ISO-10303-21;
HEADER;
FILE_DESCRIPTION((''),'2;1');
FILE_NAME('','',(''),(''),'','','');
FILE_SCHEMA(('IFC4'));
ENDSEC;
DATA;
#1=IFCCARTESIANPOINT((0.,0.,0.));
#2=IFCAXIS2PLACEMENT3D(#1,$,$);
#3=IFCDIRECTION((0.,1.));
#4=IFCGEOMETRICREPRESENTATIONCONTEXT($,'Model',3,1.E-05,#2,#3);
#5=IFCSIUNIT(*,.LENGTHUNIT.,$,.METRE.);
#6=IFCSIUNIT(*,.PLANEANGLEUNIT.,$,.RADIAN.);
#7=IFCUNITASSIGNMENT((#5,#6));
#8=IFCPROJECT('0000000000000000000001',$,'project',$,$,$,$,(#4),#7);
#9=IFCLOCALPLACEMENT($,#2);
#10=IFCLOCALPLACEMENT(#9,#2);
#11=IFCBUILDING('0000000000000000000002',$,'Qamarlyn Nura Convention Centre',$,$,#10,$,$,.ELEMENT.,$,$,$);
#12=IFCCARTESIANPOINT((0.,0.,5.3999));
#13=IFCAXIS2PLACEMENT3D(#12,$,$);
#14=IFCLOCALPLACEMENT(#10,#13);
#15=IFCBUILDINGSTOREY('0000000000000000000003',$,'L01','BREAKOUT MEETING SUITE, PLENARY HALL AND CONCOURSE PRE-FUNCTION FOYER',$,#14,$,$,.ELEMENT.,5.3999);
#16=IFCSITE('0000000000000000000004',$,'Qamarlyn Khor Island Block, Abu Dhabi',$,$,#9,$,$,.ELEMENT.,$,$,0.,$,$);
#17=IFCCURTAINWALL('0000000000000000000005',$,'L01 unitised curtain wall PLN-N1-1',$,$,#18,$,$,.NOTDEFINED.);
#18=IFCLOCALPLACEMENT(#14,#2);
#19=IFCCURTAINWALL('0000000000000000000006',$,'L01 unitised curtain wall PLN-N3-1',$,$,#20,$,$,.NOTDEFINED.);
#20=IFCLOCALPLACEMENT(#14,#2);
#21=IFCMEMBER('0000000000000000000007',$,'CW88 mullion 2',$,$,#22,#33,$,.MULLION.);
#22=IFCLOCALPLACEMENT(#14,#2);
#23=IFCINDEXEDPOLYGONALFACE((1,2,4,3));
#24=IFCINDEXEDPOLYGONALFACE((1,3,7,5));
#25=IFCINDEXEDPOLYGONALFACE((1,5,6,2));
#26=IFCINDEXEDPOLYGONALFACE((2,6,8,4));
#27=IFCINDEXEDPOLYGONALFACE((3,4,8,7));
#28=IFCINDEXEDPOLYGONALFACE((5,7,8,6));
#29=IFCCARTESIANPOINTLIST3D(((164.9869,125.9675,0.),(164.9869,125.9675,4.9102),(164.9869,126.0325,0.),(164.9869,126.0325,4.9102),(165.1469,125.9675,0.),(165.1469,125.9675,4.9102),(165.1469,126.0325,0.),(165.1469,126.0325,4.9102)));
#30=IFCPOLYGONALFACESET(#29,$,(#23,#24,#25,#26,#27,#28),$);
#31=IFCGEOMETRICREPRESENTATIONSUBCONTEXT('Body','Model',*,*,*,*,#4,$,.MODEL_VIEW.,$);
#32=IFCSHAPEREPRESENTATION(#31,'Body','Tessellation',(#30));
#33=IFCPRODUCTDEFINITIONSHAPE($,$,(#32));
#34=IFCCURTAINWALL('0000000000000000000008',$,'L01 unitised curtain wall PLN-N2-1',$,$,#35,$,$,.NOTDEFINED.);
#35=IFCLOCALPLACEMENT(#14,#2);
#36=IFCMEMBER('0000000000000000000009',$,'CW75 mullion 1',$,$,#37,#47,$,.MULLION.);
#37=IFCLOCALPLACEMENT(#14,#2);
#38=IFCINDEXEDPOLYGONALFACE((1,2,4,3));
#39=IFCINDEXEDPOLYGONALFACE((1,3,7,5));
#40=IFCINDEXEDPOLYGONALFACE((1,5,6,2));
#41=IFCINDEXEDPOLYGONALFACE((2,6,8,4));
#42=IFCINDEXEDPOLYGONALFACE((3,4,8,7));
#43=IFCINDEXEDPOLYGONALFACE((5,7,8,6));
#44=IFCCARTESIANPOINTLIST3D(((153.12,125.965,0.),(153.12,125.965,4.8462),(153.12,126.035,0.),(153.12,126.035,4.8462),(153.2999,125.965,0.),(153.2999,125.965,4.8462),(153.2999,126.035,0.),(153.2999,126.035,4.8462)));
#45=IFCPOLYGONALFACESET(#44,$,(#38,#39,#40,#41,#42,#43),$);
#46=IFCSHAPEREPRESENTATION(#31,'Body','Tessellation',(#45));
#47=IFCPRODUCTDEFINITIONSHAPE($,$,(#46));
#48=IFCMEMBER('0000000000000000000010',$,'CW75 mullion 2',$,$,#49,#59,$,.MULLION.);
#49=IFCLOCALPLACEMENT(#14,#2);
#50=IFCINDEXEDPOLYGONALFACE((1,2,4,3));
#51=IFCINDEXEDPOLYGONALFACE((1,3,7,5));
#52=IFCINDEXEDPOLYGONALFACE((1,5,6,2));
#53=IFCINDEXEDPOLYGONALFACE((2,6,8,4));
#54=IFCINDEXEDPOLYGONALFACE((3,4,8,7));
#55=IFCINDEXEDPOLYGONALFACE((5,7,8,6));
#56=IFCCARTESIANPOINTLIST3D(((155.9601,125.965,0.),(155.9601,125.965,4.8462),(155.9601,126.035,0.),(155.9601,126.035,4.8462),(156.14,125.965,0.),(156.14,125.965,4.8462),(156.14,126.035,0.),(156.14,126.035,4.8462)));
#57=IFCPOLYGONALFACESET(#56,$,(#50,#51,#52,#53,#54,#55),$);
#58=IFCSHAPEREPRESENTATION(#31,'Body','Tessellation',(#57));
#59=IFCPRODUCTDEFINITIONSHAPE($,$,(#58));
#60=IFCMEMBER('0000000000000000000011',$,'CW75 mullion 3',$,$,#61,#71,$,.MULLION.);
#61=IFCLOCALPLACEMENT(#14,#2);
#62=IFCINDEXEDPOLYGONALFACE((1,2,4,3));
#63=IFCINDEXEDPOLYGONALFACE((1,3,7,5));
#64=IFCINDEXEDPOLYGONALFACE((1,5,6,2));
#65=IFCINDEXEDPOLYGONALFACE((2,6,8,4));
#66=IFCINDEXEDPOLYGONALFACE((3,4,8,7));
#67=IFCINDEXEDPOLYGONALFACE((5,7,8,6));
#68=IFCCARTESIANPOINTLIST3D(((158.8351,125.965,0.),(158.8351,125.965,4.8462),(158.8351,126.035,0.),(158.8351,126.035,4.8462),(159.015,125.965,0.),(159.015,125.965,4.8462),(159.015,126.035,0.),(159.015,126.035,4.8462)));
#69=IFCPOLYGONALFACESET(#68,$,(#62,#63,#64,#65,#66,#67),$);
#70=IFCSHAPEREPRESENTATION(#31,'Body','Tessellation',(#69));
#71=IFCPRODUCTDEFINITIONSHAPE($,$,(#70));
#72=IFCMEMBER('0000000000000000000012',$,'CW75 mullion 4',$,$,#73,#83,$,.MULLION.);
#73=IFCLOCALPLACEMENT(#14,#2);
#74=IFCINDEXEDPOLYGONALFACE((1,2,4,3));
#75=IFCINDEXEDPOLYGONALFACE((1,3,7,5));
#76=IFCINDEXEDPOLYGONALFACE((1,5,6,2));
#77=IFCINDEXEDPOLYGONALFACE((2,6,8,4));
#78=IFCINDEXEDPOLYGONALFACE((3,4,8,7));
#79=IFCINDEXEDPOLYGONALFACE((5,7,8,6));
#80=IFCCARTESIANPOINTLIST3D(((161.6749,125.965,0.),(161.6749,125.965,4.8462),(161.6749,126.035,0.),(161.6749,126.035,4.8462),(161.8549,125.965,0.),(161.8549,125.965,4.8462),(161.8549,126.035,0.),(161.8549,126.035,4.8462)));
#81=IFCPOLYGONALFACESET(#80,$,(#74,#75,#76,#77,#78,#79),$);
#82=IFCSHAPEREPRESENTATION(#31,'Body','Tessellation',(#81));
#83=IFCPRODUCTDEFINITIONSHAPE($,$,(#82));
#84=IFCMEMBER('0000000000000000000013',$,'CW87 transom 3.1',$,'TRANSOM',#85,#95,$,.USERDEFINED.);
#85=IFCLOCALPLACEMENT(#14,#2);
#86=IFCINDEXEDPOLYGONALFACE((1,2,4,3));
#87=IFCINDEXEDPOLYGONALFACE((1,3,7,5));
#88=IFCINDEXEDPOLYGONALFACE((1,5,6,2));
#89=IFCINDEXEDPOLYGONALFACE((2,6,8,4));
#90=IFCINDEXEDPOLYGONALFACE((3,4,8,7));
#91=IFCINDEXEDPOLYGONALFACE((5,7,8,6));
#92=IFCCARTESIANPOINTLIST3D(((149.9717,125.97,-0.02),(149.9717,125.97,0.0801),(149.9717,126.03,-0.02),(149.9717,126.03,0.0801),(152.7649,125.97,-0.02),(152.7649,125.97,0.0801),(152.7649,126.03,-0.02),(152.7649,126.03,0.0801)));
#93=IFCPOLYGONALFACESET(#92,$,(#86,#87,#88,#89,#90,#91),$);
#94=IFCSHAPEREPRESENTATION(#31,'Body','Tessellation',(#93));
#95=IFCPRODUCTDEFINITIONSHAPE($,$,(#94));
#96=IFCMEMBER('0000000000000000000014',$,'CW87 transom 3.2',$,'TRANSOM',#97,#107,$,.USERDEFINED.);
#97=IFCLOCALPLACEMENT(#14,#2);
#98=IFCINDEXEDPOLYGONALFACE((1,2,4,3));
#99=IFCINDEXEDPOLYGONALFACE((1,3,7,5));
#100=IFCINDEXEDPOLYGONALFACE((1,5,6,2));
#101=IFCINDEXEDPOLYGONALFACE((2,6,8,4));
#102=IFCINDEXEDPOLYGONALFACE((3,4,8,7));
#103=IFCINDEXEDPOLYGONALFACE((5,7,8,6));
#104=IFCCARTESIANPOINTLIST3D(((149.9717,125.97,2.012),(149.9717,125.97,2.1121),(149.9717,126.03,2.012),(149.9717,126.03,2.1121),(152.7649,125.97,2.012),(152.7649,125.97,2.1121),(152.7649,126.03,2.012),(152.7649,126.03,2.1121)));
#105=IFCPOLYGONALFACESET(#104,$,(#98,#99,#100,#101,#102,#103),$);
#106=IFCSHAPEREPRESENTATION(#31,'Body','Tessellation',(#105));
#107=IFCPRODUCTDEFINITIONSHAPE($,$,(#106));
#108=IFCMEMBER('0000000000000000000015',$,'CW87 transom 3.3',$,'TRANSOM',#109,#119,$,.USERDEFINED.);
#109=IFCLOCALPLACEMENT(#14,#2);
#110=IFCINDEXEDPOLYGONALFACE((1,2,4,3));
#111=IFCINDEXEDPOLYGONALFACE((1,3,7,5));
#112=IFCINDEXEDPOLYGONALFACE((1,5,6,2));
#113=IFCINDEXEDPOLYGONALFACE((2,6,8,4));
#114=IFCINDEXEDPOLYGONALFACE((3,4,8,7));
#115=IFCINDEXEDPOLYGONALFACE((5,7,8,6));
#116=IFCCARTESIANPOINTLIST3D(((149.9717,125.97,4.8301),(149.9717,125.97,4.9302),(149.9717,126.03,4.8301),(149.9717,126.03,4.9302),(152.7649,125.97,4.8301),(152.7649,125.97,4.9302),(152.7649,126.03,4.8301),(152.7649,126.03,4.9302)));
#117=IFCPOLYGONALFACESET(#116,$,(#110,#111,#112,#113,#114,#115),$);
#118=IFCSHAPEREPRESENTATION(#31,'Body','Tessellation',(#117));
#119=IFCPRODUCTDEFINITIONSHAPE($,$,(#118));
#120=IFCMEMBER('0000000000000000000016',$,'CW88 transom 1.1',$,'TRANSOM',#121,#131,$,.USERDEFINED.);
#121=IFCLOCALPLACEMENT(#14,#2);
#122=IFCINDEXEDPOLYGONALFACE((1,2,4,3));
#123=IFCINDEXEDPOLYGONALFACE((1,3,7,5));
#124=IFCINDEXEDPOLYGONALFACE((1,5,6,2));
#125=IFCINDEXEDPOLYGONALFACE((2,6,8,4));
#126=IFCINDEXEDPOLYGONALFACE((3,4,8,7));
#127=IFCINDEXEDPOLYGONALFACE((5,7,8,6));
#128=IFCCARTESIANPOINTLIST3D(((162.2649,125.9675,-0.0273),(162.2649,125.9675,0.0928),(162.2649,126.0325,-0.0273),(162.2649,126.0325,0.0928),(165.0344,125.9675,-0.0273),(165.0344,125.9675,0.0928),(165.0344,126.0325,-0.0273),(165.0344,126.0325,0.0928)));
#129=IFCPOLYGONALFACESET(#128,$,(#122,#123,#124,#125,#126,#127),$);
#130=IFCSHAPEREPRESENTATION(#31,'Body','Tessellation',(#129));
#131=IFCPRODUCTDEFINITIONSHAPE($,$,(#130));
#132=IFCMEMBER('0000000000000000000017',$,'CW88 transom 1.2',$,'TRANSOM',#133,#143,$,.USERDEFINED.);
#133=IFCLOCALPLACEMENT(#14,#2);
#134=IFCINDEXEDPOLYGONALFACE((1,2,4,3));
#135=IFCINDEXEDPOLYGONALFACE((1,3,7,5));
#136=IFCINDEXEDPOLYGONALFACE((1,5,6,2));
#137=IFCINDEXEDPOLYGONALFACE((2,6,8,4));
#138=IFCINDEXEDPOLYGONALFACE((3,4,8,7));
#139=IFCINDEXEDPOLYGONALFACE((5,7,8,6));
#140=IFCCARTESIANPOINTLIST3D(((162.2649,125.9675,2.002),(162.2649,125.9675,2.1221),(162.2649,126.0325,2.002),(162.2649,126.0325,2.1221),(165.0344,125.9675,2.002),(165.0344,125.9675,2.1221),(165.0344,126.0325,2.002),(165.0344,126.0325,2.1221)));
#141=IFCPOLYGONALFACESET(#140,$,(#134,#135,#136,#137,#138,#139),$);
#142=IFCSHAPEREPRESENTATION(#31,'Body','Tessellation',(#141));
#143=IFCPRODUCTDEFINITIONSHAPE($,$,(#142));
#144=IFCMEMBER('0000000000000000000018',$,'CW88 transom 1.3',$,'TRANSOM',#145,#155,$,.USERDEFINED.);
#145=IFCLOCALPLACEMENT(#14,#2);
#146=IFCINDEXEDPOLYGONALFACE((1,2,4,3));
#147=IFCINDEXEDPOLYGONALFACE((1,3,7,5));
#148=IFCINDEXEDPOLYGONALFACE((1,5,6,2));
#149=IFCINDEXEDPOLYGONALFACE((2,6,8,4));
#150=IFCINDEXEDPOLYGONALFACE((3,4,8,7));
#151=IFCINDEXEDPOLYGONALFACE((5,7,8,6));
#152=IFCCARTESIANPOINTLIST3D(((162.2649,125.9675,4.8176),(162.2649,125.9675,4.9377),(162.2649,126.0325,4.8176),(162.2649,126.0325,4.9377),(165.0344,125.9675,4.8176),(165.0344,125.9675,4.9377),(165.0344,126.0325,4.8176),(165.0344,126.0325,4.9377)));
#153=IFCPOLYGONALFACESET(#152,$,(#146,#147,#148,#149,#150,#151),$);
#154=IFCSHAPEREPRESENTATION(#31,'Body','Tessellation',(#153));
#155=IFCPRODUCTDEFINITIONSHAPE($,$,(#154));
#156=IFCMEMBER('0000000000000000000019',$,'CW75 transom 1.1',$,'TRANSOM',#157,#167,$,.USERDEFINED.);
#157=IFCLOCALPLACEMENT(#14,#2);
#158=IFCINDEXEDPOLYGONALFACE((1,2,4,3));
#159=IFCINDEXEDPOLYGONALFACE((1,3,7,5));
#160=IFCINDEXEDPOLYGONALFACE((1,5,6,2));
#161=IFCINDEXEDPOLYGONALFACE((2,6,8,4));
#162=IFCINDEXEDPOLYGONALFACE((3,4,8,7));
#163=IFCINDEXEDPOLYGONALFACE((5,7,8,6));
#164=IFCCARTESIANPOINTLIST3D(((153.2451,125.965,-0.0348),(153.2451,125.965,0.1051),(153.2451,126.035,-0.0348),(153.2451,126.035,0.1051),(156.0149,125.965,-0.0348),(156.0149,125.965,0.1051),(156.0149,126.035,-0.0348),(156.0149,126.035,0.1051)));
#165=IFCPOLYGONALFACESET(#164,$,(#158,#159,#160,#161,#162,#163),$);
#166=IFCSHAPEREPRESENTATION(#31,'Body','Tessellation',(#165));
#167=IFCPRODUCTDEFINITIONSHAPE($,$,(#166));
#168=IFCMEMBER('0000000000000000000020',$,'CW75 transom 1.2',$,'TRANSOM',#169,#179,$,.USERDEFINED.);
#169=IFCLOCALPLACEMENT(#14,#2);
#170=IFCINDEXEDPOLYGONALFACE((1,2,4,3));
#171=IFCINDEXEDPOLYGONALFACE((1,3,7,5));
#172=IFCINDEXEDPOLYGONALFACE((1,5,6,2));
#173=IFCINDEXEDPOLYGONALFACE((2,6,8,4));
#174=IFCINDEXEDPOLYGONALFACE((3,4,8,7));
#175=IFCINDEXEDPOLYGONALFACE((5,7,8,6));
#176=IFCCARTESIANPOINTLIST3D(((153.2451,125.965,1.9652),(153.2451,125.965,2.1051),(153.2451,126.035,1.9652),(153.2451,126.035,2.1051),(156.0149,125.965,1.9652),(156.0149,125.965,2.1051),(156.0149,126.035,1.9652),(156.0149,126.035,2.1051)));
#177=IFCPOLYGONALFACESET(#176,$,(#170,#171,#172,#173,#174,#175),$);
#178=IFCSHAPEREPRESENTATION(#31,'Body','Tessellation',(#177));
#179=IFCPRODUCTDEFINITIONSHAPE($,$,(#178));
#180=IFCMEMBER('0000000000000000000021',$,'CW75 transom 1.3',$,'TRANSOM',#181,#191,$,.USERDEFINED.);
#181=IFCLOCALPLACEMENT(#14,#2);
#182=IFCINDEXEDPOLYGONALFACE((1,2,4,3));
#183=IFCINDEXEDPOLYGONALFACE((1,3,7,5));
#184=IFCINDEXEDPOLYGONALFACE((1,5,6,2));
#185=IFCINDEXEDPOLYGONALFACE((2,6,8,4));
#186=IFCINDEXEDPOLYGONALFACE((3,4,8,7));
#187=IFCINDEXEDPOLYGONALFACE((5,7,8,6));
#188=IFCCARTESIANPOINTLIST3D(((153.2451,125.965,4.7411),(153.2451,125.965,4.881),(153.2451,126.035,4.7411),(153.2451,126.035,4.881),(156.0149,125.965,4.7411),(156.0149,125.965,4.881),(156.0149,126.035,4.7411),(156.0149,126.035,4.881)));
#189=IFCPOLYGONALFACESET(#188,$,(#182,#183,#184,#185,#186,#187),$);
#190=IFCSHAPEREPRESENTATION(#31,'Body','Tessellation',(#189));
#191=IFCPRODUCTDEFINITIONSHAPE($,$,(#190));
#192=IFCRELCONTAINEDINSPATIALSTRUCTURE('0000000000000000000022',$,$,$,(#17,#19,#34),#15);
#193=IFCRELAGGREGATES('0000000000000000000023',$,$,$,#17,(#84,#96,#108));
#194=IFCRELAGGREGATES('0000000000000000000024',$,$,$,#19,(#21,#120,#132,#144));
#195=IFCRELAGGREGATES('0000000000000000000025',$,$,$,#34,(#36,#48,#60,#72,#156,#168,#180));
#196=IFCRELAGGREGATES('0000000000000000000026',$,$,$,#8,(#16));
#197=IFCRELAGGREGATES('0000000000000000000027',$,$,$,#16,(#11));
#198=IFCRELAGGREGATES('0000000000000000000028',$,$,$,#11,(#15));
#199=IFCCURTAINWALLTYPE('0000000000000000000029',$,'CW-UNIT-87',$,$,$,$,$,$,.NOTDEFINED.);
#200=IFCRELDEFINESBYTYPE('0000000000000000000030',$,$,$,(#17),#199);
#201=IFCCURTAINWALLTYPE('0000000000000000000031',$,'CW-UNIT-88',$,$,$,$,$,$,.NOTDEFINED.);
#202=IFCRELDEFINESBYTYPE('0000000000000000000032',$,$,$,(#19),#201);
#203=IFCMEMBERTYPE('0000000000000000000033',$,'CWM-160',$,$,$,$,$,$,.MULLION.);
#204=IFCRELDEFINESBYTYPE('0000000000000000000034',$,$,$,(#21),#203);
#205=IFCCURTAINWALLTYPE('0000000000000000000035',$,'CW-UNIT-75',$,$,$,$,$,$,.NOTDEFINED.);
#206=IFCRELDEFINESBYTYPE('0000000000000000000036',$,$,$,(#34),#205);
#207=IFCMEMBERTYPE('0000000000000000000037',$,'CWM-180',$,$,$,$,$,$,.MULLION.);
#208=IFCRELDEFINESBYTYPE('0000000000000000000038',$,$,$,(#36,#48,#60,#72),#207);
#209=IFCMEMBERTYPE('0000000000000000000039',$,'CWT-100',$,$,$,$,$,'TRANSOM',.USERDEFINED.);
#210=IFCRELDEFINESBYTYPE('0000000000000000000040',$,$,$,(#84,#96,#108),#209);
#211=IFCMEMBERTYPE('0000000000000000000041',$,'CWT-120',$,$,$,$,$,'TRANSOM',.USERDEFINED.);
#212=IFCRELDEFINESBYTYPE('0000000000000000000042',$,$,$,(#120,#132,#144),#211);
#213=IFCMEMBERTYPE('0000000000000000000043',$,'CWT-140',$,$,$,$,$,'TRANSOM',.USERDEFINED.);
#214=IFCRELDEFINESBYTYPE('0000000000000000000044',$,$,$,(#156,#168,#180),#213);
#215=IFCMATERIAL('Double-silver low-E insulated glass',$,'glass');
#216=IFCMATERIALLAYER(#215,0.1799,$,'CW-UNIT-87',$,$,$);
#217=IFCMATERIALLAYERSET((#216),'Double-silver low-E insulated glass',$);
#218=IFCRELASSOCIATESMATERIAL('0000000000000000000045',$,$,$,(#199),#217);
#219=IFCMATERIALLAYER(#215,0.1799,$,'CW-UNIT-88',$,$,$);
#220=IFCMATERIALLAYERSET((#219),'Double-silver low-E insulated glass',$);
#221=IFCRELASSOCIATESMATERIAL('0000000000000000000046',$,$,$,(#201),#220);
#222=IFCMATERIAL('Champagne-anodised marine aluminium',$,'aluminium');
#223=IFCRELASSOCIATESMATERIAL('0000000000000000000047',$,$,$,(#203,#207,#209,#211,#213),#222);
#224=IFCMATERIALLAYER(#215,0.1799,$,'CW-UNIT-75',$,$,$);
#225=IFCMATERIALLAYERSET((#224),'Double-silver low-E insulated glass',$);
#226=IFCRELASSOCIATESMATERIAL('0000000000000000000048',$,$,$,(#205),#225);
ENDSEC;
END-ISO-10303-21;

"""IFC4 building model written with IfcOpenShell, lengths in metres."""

from ifc_helpers import new_model, si_unit, direction, frame, origin, origin_2d, place, context, subcontext, project, spatial, rectangle, extrude, material, layer, layer_set, material_profile, profile_set, type_object, element, aggregate, save


model = new_model("IFC4")

# Units and contexts
model_context = context("Model", 3, precision=1e-05, world=origin(), true_north=direction((0.0, 1.0)))
body_context = subcontext(model_context, "Body", "Model", "MODEL_VIEW")
ifc_project = project(units=[si_unit("LENGTHUNIT", "METRE"), si_unit("PLANEANGLEUNIT", "RADIAN")], contexts=[model_context])

# Site, building, storey
site_placement = place(None, origin())
site = spatial("IfcSite", under=ifc_project, at=site_placement, Name="Qamarlyn Khor Island Block, Abu Dhabi", CompositionType="ELEMENT", RefElevation=0.0)
building_placement = place(site_placement, origin())
building = spatial("IfcBuilding", under=site, at=building_placement, Name="Qamarlyn Nura Convention Centre", CompositionType="ELEMENT")
storey_placement = place(building_placement, frame((0.0, 0.0, 5.3999)))
storey = spatial("IfcBuildingStorey", under=building, at=storey_placement, Name="L01", Description="BREAKOUT MEETING SUITE, PLENARY HALL AND CONCOURSE PRE-FUNCTION FOYER", CompositionType="ELEMENT", Elevation=5.3999)

# Curtain walls, members
ifc_material_1 = material(Name="Double-silver low-E insulated glass", Category="glass")
ifc_layer_1 = layer(ifc_material_1, 0.1799, Name="CW-UNIT-87")
ifc_layer_set_1 = layer_set([ifc_layer_1], Name="Double-silver low-E insulated glass")
curtain_wall_type_1 = type_object("IfcCurtainWallType", Name="CW-UNIT-87", PredefinedType="NOTDEFINED", material=ifc_layer_set_1)
curtain_wall_1_placement = place(storey_placement, origin())
curtain_wall_1 = element("IfcCurtainWall", 1, at=curtain_wall_1_placement, inside=storey, type_object=curtain_wall_type_1, Name="L01 unitised curtain wall PLN-N1-1", PredefinedType="NOTDEFINED")
ifc_material_2 = material(Name="Champagne-anodised marine aluminium", Category="aluminium")
ifc_layer_2 = layer(ifc_material_1, 0.1799, Name="CW-UNIT-88")
ifc_layer_set_2 = layer_set([ifc_layer_2], Name="Double-silver low-E insulated glass")
curtain_wall_type_2 = type_object("IfcCurtainWallType", Name="CW-UNIT-88", PredefinedType="NOTDEFINED", material=ifc_layer_set_2)
curtain_wall_2_placement = place(storey_placement, origin())
curtain_wall_2 = element("IfcCurtainWall", 2, at=curtain_wall_2_placement, inside=storey, type_object=curtain_wall_type_2, Name="L01 unitised curtain wall PLN-N3-1", PredefinedType="NOTDEFINED")
ifc_material_profile_1 = material_profile(ifc_material_2, rectangle(XDim=0.0649, YDim=0.1599, at=origin_2d()), Name="ALU MULLION 65x160")
ifc_profile_set_1 = profile_set([ifc_material_profile_1], Name="Champagne-anodised marine aluminium")
member_type_1 = type_object("IfcMemberType", Name="CWM-160", PredefinedType="MULLION", material=ifc_profile_set_1)
member_1_placement = place(storey_placement, frame((165.0669, 126.0, 0.0), z_axis=(0.0, 0.0, 1.0), x_axis=(0.0, 1.0, 0.0)))
member_1 = element("IfcMember", 3, at=member_1_placement, type_object=member_type_1, Name="CW88 mullion 2", PredefinedType="MULLION", context=body_context, shape_type="SweptSolid", body=[
    extrude(rectangle(XDim=0.0649, YDim=0.1599, at=origin_2d()), origin(), (0.0, 0.0, 1.0), 4.9102),
])
ifc_layer_3 = layer(ifc_material_1, 0.1799, Name="CW-UNIT-75")
ifc_layer_set_3 = layer_set([ifc_layer_3], Name="Double-silver low-E insulated glass")
curtain_wall_type_3 = type_object("IfcCurtainWallType", Name="CW-UNIT-75", PredefinedType="NOTDEFINED", material=ifc_layer_set_3)
curtain_wall_3_placement = place(storey_placement, origin())
curtain_wall_3 = element("IfcCurtainWall", 4, at=curtain_wall_3_placement, inside=storey, type_object=curtain_wall_type_3, Name="L01 unitised curtain wall PLN-N2-1", PredefinedType="NOTDEFINED")
ifc_material_profile_2 = material_profile(ifc_material_2, rectangle(XDim=0.0701, YDim=0.1799, at=origin_2d()), Name="ALU MULLION 70x180")
ifc_profile_set_2 = profile_set([ifc_material_profile_2], Name="Champagne-anodised marine aluminium")
member_type_2 = type_object("IfcMemberType", Name="CWM-180", PredefinedType="MULLION", material=ifc_profile_set_2)
member_2_placement = place(storey_placement, frame((153.21, 126.0, 0.0), z_axis=(0.0, 0.0, 1.0), x_axis=(0.0, 1.0, 0.0)))
member_2 = element("IfcMember", 5, at=member_2_placement, type_object=member_type_2, Name="CW75 mullion 1", PredefinedType="MULLION", context=body_context, shape_type="SweptSolid", body=[
    extrude(rectangle(XDim=0.0701, YDim=0.1799, at=origin_2d()), origin(), (0.0, 0.0, 1.0), 4.8462),
])
member_3_placement = place(storey_placement, frame((156.05, 126.0, 0.0), z_axis=(0.0, 0.0, 1.0), x_axis=(0.0, 1.0, 0.0)))
member_3 = element("IfcMember", 6, at=member_3_placement, type_object=member_type_2, Name="CW75 mullion 2", PredefinedType="MULLION", context=body_context, shape_type="SweptSolid", body=[
    extrude(rectangle(XDim=0.0701, YDim=0.1799, at=origin_2d()), origin(), (0.0, 0.0, 1.0), 4.8462),
])
member_4_placement = place(storey_placement, frame((158.925, 126.0, 0.0), z_axis=(0.0, 0.0, 1.0), x_axis=(0.0, 1.0, 0.0)))
member_4 = element("IfcMember", 7, at=member_4_placement, type_object=member_type_2, Name="CW75 mullion 3", PredefinedType="MULLION", context=body_context, shape_type="SweptSolid", body=[
    extrude(rectangle(XDim=0.0701, YDim=0.1799, at=origin_2d()), origin(), (0.0, 0.0, 1.0), 4.8462),
])
member_5_placement = place(storey_placement, frame((161.7649, 126.0, 0.0), z_axis=(0.0, 0.0, 1.0), x_axis=(0.0, 1.0, 0.0)))
member_5 = element("IfcMember", 8, at=member_5_placement, type_object=member_type_2, Name="CW75 mullion 4", PredefinedType="MULLION", context=body_context, shape_type="SweptSolid", body=[
    extrude(rectangle(XDim=0.0701, YDim=0.1799, at=origin_2d()), origin(), (0.0, 0.0, 1.0), 4.8462),
])

# Members
ifc_material_profile_3 = material_profile(ifc_material_2, rectangle(XDim=0.0601, YDim=0.1001, at=origin_2d()), Name="ALU TRANSOM 60x100")
ifc_profile_set_3 = profile_set([ifc_material_profile_3], Name="Champagne-anodised marine aluminium")
member_type_3 = type_object("IfcMemberType", Name="CWT-100", ElementType="TRANSOM", PredefinedType="USERDEFINED", material=ifc_profile_set_3)
member_6_placement = place(storey_placement, frame((149.9717, 126.0, 0.03), z_axis=(1.0, 0.0, 0.0), x_axis=(0.0, 1.0, 0.0)))
member_6 = element("IfcMember", 9, at=member_6_placement, type_object=member_type_3, Name="CW87 transom 3.1", ObjectType="TRANSOM", PredefinedType="USERDEFINED", context=body_context, shape_type="SweptSolid", body=[
    extrude(rectangle(XDim=0.0601, YDim=0.1001, at=origin_2d()), origin(), (0.0, 0.0, 1.0), 2.7932),
])
member_7_placement = place(storey_placement, frame((149.9717, 126.0, 2.062), z_axis=(1.0, 0.0, 0.0), x_axis=(0.0, 1.0, 0.0)))
member_7 = element("IfcMember", 10, at=member_7_placement, type_object=member_type_3, Name="CW87 transom 3.2", ObjectType="TRANSOM", PredefinedType="USERDEFINED", context=body_context, shape_type="SweptSolid", body=[
    extrude(rectangle(XDim=0.0601, YDim=0.1001, at=origin_2d()), origin(), (0.0, 0.0, 1.0), 2.7932),
])
member_8_placement = place(storey_placement, frame((149.9717, 126.0, 4.8801), z_axis=(1.0, 0.0, 0.0), x_axis=(0.0, 1.0, 0.0)))
member_8 = element("IfcMember", 11, at=member_8_placement, type_object=member_type_3, Name="CW87 transom 3.3", ObjectType="TRANSOM", PredefinedType="USERDEFINED", context=body_context, shape_type="SweptSolid", body=[
    extrude(rectangle(XDim=0.0601, YDim=0.1001, at=origin_2d()), origin(), (0.0, 0.0, 1.0), 2.7932),
])
ifc_material_profile_4 = material_profile(ifc_material_2, rectangle(XDim=0.0649, YDim=0.1201, at=origin_2d()), Name="ALU TRANSOM 65x120")
ifc_profile_set_4 = profile_set([ifc_material_profile_4], Name="Champagne-anodised marine aluminium")
member_type_4 = type_object("IfcMemberType", Name="CWT-120", ElementType="TRANSOM", PredefinedType="USERDEFINED", material=ifc_profile_set_4)
member_9_placement = place(storey_placement, frame((162.2649, 126.0, 0.0327), z_axis=(1.0, 0.0, 0.0), x_axis=(0.0, 1.0, 0.0)))
member_9 = element("IfcMember", 12, at=member_9_placement, type_object=member_type_4, Name="CW88 transom 1.1", ObjectType="TRANSOM", PredefinedType="USERDEFINED", context=body_context, shape_type="SweptSolid", body=[
    extrude(rectangle(XDim=0.0649, YDim=0.1201, at=origin_2d()), origin(), (0.0, 0.0, 1.0), 2.7695),
])
member_10_placement = place(storey_placement, frame((162.2649, 126.0, 2.062), z_axis=(1.0, 0.0, 0.0), x_axis=(0.0, 1.0, 0.0)))
member_10 = element("IfcMember", 13, at=member_10_placement, type_object=member_type_4, Name="CW88 transom 1.2", ObjectType="TRANSOM", PredefinedType="USERDEFINED", context=body_context, shape_type="SweptSolid", body=[
    extrude(rectangle(XDim=0.0649, YDim=0.1201, at=origin_2d()), origin(), (0.0, 0.0, 1.0), 2.7695),
])
member_11_placement = place(storey_placement, frame((162.2649, 126.0, 4.8777), z_axis=(1.0, 0.0, 0.0), x_axis=(0.0, 1.0, 0.0)))
member_11 = element("IfcMember", 14, at=member_11_placement, type_object=member_type_4, Name="CW88 transom 1.3", ObjectType="TRANSOM", PredefinedType="USERDEFINED", context=body_context, shape_type="SweptSolid", body=[
    extrude(rectangle(XDim=0.0649, YDim=0.1201, at=origin_2d()), origin(), (0.0, 0.0, 1.0), 2.7695),
])
ifc_material_profile_5 = material_profile(ifc_material_2, rectangle(XDim=0.0701, YDim=0.1399, at=origin_2d()), Name="ALU TRANSOM 70x140")
ifc_profile_set_5 = profile_set([ifc_material_profile_5], Name="Champagne-anodised marine aluminium")
member_type_5 = type_object("IfcMemberType", Name="CWT-140", ElementType="TRANSOM", PredefinedType="USERDEFINED", material=ifc_profile_set_5)
member_12_placement = place(storey_placement, frame((153.2451, 126.0, 0.0352), z_axis=(1.0, 0.0, 0.0), x_axis=(0.0, 1.0, 0.0)))
member_12 = element("IfcMember", 15, at=member_12_placement, type_object=member_type_5, Name="CW75 transom 1.1", ObjectType="TRANSOM", PredefinedType="USERDEFINED", context=body_context, shape_type="SweptSolid", body=[
    extrude(rectangle(XDim=0.0701, YDim=0.1399, at=origin_2d()), origin(), (0.0, 0.0, 1.0), 2.7698),
])
member_13_placement = place(storey_placement, frame((153.2451, 126.0, 2.0352), z_axis=(1.0, 0.0, 0.0), x_axis=(0.0, 1.0, 0.0)))
member_13 = element("IfcMember", 16, at=member_13_placement, type_object=member_type_5, Name="CW75 transom 1.2", ObjectType="TRANSOM", PredefinedType="USERDEFINED", context=body_context, shape_type="SweptSolid", body=[
    extrude(rectangle(XDim=0.0701, YDim=0.1399, at=origin_2d()), origin(), (0.0, 0.0, 1.0), 2.7698),
])
member_14_placement = place(storey_placement, frame((153.2451, 126.0, 4.811), z_axis=(1.0, 0.0, 0.0), x_axis=(0.0, 1.0, 0.0)))
member_14 = element("IfcMember", 17, at=member_14_placement, type_object=member_type_5, Name="CW75 transom 1.3", ObjectType="TRANSOM", PredefinedType="USERDEFINED", context=body_context, shape_type="SweptSolid", body=[
    extrude(rectangle(XDim=0.0701, YDim=0.1399, at=origin_2d()), origin(), (0.0, 0.0, 1.0), 2.7698),
])

aggregate(curtain_wall_1, [member_6, member_7, member_8])
aggregate(curtain_wall_2, [member_1, member_9, member_10, member_11])
aggregate(curtain_wall_3, [member_2, member_3, member_4, member_5, member_12, member_13, member_14])

save(model, "model.ifc")
